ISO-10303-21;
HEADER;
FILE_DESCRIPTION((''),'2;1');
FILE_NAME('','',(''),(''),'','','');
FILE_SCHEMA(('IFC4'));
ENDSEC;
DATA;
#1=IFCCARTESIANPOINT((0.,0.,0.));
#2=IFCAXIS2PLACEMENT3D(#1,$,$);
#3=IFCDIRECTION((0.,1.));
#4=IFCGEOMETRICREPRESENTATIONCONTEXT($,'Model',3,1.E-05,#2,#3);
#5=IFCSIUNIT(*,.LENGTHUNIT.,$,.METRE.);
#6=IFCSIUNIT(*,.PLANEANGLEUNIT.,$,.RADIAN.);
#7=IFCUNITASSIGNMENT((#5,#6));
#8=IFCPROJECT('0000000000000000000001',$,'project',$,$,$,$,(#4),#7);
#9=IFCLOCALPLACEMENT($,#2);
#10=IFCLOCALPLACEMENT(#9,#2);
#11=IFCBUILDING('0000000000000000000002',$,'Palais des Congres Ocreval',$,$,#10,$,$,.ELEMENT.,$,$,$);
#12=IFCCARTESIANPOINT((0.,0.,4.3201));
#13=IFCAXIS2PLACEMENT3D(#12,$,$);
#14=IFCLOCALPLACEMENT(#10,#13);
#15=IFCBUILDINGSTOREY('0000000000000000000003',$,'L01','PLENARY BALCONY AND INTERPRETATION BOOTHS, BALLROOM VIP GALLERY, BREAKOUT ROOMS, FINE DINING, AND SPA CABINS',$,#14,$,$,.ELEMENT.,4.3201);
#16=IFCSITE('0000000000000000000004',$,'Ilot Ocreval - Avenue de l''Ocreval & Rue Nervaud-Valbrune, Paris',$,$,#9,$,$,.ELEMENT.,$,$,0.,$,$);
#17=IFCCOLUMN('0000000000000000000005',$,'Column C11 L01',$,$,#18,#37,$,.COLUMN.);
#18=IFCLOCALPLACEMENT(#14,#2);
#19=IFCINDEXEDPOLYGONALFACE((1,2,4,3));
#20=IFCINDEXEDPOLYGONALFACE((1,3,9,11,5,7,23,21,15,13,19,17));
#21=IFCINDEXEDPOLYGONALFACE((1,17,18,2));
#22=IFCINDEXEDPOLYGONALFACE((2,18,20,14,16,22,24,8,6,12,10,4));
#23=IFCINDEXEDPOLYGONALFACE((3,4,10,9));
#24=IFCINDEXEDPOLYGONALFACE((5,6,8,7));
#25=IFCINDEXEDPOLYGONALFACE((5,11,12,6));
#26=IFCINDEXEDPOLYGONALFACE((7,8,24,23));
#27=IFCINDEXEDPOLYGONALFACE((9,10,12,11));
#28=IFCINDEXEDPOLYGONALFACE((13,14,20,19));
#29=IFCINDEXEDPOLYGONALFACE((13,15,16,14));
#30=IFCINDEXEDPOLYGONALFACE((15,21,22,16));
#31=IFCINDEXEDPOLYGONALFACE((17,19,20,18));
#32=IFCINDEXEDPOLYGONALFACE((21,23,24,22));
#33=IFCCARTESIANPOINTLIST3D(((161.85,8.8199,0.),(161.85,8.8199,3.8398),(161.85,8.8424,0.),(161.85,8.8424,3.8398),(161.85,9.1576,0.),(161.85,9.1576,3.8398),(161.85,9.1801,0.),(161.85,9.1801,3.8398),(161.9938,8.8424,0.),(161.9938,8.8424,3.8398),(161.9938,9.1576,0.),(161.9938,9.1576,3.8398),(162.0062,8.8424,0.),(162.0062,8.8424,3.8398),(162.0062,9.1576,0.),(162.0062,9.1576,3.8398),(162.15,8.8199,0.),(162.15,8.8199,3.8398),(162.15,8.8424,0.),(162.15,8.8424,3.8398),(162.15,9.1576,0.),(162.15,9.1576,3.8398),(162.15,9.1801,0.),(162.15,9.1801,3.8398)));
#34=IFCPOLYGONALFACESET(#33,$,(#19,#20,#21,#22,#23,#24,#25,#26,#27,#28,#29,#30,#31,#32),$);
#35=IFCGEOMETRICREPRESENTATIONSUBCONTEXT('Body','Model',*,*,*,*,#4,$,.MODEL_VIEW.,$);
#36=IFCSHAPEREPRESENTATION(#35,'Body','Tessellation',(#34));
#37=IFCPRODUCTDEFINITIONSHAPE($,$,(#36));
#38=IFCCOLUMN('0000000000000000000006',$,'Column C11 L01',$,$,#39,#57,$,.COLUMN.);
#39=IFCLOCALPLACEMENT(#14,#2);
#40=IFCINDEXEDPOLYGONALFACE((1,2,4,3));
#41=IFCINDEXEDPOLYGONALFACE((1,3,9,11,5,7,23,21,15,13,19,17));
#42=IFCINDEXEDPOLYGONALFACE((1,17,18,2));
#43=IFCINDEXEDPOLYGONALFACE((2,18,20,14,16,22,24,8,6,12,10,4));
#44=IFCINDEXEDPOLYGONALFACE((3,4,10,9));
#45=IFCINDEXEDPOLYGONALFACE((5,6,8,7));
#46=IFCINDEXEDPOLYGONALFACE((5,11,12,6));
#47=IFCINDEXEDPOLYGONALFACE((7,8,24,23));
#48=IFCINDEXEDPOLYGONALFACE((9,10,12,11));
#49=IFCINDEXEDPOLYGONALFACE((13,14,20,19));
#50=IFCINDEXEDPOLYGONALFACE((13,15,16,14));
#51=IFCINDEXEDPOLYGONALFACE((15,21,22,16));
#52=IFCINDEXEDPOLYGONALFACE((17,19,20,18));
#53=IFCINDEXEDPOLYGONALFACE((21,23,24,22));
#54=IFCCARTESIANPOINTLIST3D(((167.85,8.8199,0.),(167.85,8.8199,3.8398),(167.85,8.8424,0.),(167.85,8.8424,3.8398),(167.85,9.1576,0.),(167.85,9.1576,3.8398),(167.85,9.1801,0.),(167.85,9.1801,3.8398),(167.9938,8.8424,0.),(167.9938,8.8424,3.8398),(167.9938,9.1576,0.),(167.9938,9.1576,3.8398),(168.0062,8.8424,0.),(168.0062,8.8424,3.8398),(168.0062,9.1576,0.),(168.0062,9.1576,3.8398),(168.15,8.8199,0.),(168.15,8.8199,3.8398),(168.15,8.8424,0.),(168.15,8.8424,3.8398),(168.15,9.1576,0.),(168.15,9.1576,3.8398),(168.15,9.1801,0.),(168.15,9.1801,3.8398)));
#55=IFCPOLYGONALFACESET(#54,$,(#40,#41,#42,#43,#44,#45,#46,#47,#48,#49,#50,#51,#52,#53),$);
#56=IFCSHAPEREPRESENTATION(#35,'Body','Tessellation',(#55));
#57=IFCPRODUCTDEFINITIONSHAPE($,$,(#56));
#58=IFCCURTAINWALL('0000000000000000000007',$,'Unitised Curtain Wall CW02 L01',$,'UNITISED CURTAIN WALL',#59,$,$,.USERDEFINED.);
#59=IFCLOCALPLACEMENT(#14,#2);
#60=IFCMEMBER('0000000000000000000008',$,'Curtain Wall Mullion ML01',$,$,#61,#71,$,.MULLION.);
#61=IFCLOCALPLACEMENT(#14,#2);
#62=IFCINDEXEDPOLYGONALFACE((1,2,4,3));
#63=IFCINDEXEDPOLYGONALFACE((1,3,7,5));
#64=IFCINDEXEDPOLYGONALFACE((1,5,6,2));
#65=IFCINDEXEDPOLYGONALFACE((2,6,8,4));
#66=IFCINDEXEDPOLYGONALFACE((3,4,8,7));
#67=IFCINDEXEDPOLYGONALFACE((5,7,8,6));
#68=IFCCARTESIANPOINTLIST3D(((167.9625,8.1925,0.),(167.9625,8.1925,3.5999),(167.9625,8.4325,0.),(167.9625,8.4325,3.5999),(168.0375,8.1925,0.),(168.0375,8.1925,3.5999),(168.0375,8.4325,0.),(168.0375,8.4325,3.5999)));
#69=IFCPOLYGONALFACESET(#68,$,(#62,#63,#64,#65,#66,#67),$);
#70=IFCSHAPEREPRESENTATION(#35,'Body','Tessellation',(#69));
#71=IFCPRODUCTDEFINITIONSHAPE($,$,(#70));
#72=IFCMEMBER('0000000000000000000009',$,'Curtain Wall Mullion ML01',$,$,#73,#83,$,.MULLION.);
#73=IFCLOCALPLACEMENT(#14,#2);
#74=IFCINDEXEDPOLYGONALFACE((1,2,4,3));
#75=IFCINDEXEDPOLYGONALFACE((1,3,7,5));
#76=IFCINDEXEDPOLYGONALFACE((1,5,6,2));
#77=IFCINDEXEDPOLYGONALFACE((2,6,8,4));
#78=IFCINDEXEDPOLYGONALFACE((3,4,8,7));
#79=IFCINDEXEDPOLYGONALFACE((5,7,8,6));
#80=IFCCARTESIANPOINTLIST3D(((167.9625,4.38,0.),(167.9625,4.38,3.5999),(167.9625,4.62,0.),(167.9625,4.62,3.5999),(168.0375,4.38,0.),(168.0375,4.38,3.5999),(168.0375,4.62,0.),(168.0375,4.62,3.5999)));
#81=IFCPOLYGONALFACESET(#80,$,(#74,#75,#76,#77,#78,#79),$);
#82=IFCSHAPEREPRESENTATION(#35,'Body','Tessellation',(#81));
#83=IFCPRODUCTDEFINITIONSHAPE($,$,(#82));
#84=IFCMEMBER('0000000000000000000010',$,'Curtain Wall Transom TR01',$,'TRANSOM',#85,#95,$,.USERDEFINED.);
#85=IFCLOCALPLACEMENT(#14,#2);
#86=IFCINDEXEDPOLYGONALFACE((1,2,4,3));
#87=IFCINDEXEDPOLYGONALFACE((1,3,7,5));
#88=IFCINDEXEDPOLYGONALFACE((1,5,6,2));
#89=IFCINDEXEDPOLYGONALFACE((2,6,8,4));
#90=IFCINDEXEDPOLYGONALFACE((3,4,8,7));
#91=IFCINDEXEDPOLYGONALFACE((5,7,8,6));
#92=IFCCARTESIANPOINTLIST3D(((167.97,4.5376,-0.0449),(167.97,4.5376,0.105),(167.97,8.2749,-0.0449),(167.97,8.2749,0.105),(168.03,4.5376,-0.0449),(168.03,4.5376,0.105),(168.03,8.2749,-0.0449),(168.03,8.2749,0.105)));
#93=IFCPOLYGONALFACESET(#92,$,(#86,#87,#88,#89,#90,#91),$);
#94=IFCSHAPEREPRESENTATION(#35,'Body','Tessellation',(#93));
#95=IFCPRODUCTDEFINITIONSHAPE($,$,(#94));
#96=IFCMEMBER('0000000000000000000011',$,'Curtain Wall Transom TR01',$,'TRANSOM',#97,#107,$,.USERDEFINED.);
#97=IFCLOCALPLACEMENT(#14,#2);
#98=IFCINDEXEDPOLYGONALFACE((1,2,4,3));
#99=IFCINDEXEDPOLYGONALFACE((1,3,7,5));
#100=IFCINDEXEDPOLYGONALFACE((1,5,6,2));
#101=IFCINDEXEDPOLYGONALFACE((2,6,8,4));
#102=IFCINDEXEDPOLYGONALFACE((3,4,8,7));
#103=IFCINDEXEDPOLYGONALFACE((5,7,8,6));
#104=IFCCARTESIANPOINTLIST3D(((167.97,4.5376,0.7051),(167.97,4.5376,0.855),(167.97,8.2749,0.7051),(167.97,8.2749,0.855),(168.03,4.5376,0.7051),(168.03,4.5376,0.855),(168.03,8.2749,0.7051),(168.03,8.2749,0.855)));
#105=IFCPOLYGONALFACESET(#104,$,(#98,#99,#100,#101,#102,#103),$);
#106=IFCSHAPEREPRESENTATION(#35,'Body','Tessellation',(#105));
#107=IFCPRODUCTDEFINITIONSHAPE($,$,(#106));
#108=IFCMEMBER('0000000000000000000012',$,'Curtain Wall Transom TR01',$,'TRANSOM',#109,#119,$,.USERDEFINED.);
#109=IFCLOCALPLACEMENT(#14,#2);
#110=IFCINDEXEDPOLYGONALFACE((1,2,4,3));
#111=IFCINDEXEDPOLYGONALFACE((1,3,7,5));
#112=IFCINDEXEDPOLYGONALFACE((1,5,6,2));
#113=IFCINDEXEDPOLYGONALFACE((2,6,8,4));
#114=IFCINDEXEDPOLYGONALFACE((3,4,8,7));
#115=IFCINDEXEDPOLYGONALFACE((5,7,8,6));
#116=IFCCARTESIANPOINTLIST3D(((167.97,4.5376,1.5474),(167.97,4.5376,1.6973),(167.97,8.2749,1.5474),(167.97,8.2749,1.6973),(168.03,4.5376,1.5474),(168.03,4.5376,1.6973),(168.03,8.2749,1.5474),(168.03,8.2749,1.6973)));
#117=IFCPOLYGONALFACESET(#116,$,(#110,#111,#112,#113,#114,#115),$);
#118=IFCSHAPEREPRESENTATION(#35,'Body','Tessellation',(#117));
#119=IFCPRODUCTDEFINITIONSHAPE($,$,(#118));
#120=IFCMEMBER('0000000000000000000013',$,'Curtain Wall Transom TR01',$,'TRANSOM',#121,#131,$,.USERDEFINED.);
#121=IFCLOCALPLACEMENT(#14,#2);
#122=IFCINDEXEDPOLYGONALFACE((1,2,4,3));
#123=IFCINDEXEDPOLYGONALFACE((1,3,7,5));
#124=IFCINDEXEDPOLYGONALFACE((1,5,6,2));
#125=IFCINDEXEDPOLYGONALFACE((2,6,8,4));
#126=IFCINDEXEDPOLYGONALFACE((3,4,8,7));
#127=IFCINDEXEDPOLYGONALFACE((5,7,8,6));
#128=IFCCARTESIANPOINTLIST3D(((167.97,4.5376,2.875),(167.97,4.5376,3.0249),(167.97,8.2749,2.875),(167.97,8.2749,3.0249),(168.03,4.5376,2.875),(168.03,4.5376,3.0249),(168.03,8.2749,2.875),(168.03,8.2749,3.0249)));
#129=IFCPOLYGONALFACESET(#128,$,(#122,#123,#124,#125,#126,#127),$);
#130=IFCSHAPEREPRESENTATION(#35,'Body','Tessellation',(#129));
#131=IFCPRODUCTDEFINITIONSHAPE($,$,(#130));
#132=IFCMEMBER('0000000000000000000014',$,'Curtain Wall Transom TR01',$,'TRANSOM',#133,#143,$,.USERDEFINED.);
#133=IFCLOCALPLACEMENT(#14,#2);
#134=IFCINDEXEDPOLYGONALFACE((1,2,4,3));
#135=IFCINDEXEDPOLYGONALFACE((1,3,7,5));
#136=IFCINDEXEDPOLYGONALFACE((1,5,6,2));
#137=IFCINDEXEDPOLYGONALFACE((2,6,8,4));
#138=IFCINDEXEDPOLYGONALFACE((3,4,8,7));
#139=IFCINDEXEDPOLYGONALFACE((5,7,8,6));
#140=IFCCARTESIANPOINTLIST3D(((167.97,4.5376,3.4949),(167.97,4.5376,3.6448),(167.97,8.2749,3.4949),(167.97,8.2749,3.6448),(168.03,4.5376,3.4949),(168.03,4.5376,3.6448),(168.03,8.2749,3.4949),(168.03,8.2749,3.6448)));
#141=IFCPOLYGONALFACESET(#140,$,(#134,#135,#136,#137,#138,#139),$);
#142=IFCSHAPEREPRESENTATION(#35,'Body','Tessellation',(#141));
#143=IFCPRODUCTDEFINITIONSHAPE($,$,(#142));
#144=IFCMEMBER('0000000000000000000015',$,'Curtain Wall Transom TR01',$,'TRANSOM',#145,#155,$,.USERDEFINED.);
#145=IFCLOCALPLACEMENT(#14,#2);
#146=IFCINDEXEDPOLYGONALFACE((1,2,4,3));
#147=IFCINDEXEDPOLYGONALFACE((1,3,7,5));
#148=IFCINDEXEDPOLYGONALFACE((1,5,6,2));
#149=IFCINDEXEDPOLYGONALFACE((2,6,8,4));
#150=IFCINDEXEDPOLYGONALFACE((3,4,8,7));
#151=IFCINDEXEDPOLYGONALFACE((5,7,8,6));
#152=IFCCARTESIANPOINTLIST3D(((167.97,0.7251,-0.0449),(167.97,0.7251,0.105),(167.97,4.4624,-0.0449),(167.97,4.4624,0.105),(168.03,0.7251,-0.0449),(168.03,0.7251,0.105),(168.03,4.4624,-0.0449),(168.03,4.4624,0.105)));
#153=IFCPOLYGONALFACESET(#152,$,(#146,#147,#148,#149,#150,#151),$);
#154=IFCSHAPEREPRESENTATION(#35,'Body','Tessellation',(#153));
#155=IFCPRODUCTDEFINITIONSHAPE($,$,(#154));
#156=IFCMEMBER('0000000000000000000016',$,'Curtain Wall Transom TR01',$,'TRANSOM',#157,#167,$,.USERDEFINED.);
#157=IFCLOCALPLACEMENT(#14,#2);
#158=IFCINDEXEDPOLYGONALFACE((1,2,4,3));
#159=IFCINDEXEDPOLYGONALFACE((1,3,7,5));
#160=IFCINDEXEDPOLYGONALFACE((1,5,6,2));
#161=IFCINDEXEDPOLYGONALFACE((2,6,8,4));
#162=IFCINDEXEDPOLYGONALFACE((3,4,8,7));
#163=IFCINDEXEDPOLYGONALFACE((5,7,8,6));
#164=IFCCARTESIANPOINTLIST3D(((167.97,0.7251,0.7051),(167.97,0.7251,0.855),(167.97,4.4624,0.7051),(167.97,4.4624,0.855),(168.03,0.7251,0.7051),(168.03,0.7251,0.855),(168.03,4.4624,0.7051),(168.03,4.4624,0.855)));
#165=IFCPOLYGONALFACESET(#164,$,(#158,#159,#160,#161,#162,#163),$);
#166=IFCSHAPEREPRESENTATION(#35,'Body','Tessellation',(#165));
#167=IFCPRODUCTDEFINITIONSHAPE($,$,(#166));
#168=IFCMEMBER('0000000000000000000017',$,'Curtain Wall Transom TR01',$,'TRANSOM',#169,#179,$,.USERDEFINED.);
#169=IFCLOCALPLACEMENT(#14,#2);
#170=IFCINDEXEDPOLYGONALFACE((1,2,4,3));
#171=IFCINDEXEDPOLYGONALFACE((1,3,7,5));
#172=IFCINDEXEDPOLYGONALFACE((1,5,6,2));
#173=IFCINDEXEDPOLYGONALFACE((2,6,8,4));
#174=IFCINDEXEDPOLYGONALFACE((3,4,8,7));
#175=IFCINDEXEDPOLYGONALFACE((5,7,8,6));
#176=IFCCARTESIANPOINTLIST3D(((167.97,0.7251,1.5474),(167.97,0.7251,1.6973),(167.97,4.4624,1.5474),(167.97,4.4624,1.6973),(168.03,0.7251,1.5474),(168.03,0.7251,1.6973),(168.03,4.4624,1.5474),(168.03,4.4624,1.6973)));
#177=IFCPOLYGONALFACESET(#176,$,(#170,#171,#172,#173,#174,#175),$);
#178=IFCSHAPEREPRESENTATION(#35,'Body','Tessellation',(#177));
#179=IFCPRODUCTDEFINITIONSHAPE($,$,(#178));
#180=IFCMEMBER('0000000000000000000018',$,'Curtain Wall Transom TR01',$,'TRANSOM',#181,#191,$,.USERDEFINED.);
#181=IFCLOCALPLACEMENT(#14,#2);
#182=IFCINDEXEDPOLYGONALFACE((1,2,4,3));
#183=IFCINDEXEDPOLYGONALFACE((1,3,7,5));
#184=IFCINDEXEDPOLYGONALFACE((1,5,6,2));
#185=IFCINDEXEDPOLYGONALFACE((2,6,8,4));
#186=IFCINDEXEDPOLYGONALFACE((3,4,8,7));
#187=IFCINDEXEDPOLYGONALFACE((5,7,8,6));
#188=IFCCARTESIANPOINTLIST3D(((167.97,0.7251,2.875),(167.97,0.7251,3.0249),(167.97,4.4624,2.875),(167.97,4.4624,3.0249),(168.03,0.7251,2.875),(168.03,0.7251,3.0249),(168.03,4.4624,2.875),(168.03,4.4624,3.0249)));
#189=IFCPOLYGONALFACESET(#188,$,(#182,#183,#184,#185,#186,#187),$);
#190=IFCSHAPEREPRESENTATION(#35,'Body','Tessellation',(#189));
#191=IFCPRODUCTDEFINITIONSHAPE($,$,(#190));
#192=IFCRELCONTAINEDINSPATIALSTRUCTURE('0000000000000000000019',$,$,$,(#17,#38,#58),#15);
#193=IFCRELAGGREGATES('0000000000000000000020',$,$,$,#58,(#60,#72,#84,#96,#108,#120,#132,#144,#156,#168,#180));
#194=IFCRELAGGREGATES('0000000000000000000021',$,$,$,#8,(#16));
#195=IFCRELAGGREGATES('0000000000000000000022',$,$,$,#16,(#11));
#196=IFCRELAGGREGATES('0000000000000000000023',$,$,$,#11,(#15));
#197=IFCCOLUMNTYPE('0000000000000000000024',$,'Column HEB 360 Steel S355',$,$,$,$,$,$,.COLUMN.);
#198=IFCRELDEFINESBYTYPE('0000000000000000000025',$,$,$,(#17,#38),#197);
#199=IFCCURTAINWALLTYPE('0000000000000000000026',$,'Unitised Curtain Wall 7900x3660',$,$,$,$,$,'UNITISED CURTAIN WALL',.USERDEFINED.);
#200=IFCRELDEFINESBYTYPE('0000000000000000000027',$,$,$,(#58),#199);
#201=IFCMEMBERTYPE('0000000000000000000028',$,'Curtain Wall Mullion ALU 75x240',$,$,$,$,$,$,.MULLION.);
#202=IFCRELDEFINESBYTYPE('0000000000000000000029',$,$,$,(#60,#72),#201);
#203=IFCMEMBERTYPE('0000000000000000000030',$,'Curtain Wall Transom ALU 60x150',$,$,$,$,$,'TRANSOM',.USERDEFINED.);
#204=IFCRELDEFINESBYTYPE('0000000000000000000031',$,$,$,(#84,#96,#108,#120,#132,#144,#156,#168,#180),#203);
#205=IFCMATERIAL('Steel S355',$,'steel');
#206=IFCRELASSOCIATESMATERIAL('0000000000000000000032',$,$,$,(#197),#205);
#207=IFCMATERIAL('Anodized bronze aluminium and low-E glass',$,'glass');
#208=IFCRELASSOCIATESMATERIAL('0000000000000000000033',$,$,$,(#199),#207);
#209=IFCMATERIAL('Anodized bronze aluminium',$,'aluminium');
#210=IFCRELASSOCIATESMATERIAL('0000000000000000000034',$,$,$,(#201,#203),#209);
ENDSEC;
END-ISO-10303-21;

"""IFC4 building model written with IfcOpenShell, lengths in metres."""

from ifc_helpers import new_model, si_unit, direction, frame, origin, origin_2d, place, context, subcontext, project, spatial, rectangle, i_section, extrude, material, material_profile, profile_set, type_object, element, aggregate, save


model = new_model("IFC4")

# Units and contexts
model_context = context("Model", 3, precision=1e-05, world=origin(), true_north=direction((0.0, 1.0)))
body_context = subcontext(model_context, "Body", "Model", "MODEL_VIEW")
ifc_project = project(units=[si_unit("LENGTHUNIT", "METRE"), si_unit("PLANEANGLEUNIT", "RADIAN")], contexts=[model_context])

# Site, building, storey
site_placement = place(None, origin())
site = spatial("IfcSite", under=ifc_project, at=site_placement, Name="Ilot Ocreval - Avenue de l'Ocreval & Rue Nervaud-Valbrune, Paris", CompositionType="ELEMENT", RefElevation=0.0)
building_placement = place(site_placement, origin())
building = spatial("IfcBuilding", under=site, at=building_placement, Name="Palais des Congres Ocreval", CompositionType="ELEMENT")
storey_placement = place(building_placement, frame((0.0, 0.0, 4.3201)))
storey = spatial("IfcBuildingStorey", under=building, at=storey_placement, Name="L01", Description="PLENARY BALCONY AND INTERPRETATION BOOTHS, BALLROOM VIP GALLERY, BREAKOUT ROOMS, FINE DINING, AND SPA CABINS", CompositionType="ELEMENT", Elevation=4.3201)

# Columns
ifc_material_1 = material(Name="Steel S355", Category="steel")
ifc_material_profile_1 = material_profile(ifc_material_1, i_section(OverallWidth=0.3, OverallDepth=0.3601, WebThickness=0.0125, FlangeThickness=0.0225, at=origin_2d()), Name="HEB 360")
ifc_profile_set_1 = profile_set([ifc_material_profile_1], Name="Steel S355")
column_type = type_object("IfcColumnType", Name="Column HEB 360 Steel S355", PredefinedType="COLUMN", material=ifc_profile_set_1)
for number, where, z_axis, x_axis, name in (
    (1, (162.0, 9.0, 0.0), (0.0, 0.0, 1.0), (1.0, 0.0, 0.0), "Column C11 L01"),
    (2, (168.0, 9.0, 0.0), (0.0, 0.0, 1.0), (1.0, 0.0, 0.0), "Column C11 L01"),
):
    element("IfcColumn", number, at=place(storey_placement, frame(where, z_axis=z_axis, x_axis=x_axis)), inside=storey, type_object=column_type, Name=name, PredefinedType="COLUMN", context=body_context, shape_type="SweptSolid", body=[
        extrude(i_section(OverallWidth=0.3, OverallDepth=0.3601, WebThickness=0.0125, FlangeThickness=0.0225, at=origin_2d()), origin(), (0.0, 0.0, 1.0), 3.8398),
    ])

# Curtain wall, members
ifc_material_2 = material(Name="Anodized bronze aluminium and low-E glass", Category="glass")
curtain_wall_type = type_object("IfcCurtainWallType", Name="Unitised Curtain Wall 7900x3660", ElementType="UNITISED CURTAIN WALL", PredefinedType="USERDEFINED", material=ifc_material_2)
curtain_wall_placement = place(storey_placement, origin())
curtain_wall = element("IfcCurtainWall", 3, at=curtain_wall_placement, inside=storey, type_object=curtain_wall_type, Name="Unitised Curtain Wall CW02 L01", ObjectType="UNITISED CURTAIN WALL", PredefinedType="USERDEFINED")
ifc_material_3 = material(Name="Anodized bronze aluminium", Category="aluminium")
ifc_material_profile_2 = material_profile(ifc_material_3, rectangle(XDim=0.075, YDim=0.24, at=origin_2d()), Name="ALU 75x240")
ifc_profile_set_2 = profile_set([ifc_material_profile_2], Name="Anodized bronze aluminium")
member_type_1 = type_object("IfcMemberType", Name="Curtain Wall Mullion ALU 75x240", PredefinedType="MULLION", material=ifc_profile_set_2)
member_1_placement = place(storey_placement, frame((168.0, 8.3125, 0.0), z_axis=(0.0, 0.0, 1.0), x_axis=(1.0, 0.0, 0.0)))
member_1 = element("IfcMember", 4, at=member_1_placement, type_object=member_type_1, Name="Curtain Wall Mullion ML01", PredefinedType="MULLION", context=body_context, shape_type="SweptSolid", body=[
    extrude(rectangle(XDim=0.075, YDim=0.24, at=origin_2d()), origin(), (0.0, 0.0, 1.0), 3.5999),
])
member_2_placement = place(storey_placement, frame((168.0, 4.5, 0.0), z_axis=(0.0, 0.0, 1.0), x_axis=(1.0, 0.0, 0.0)))
member_2 = element("IfcMember", 5, at=member_2_placement, type_object=member_type_1, Name="Curtain Wall Mullion ML01", PredefinedType="MULLION", context=body_context, shape_type="SweptSolid", body=[
    extrude(rectangle(XDim=0.075, YDim=0.24, at=origin_2d()), origin(), (0.0, 0.0, 1.0), 3.5999),
])
ifc_material_profile_3 = material_profile(ifc_material_3, rectangle(XDim=0.0601, YDim=0.1499, at=origin_2d()), Name="ALU 60x150")
ifc_profile_set_3 = profile_set([ifc_material_profile_3], Name="Anodized bronze aluminium")
member_type_2 = type_object("IfcMemberType", Name="Curtain Wall Transom ALU 60x150", ElementType="TRANSOM", PredefinedType="USERDEFINED", material=ifc_profile_set_3)
member_3_placement = place(storey_placement, frame((168.0, 8.2749, 0.03), z_axis=(0.0, -1.0, 0.0), x_axis=(1.0, 0.0, 0.0)))
member_3 = element("IfcMember", 6, at=member_3_placement, type_object=member_type_2, Name="Curtain Wall Transom TR01", ObjectType="TRANSOM", PredefinedType="USERDEFINED", context=body_context, shape_type="SweptSolid", body=[
    extrude(rectangle(XDim=0.0601, YDim=0.1499, at=origin_2d()), origin(), (0.0, 0.0, 1.0), 3.7373),
])
member_4_placement = place(storey_placement, frame((168.0, 8.2749, 0.78), z_axis=(0.0, -1.0, 0.0), x_axis=(1.0, 0.0, 0.0)))
member_4 = element("IfcMember", 7, at=member_4_placement, type_object=member_type_2, Name="Curtain Wall Transom TR01", ObjectType="TRANSOM", PredefinedType="USERDEFINED", context=body_context, shape_type="SweptSolid", body=[
    extrude(rectangle(XDim=0.0601, YDim=0.1499, at=origin_2d()), origin(), (0.0, 0.0, 1.0), 3.7373),
])
member_5_placement = place(storey_placement, frame((168.0, 8.2749, 1.6223), z_axis=(0.0, -1.0, 0.0), x_axis=(1.0, 0.0, 0.0)))
member_5 = element("IfcMember", 8, at=member_5_placement, type_object=member_type_2, Name="Curtain Wall Transom TR01", ObjectType="TRANSOM", PredefinedType="USERDEFINED", context=body_context, shape_type="SweptSolid", body=[
    extrude(rectangle(XDim=0.0601, YDim=0.1499, at=origin_2d()), origin(), (0.0, 0.0, 1.0), 3.7373),
])
member_6_placement = place(storey_placement, frame((168.0, 8.2749, 2.95), z_axis=(0.0, -1.0, 0.0), x_axis=(1.0, 0.0, 0.0)))
member_6 = element("IfcMember", 9, at=member_6_placement, type_object=member_type_2, Name="Curtain Wall Transom TR01", ObjectType="TRANSOM", PredefinedType="USERDEFINED", context=body_context, shape_type="SweptSolid", body=[
    extrude(rectangle(XDim=0.0601, YDim=0.1499, at=origin_2d()), origin(), (0.0, 0.0, 1.0), 3.7373),
])
member_7_placement = place(storey_placement, frame((168.0, 8.2749, 3.5698), z_axis=(0.0, -1.0, 0.0), x_axis=(1.0, 0.0, 0.0)))
member_7 = element("IfcMember", 10, at=member_7_placement, type_object=member_type_2, Name="Curtain Wall Transom TR01", ObjectType="TRANSOM", PredefinedType="USERDEFINED", context=body_context, shape_type="SweptSolid", body=[
    extrude(rectangle(XDim=0.0601, YDim=0.1499, at=origin_2d()), origin(), (0.0, 0.0, 1.0), 3.7373),
])
member_8_placement = place(storey_placement, frame((168.0, 4.4624, 0.03), z_axis=(0.0, -1.0, 0.0), x_axis=(1.0, 0.0, 0.0)))
member_8 = element("IfcMember", 11, at=member_8_placement, type_object=member_type_2, Name="Curtain Wall Transom TR01", ObjectType="TRANSOM", PredefinedType="USERDEFINED", context=body_context, shape_type="SweptSolid", body=[
    extrude(rectangle(XDim=0.0601, YDim=0.1499, at=origin_2d()), origin(), (0.0, 0.0, 1.0), 3.7373),
])
member_9_placement = place(storey_placement, frame((168.0, 4.4624, 0.78), z_axis=(0.0, -1.0, 0.0), x_axis=(1.0, 0.0, 0.0)))
member_9 = element("IfcMember", 12, at=member_9_placement, type_object=member_type_2, Name="Curtain Wall Transom TR01", ObjectType="TRANSOM", PredefinedType="USERDEFINED", context=body_context, shape_type="SweptSolid", body=[
    extrude(rectangle(XDim=0.0601, YDim=0.1499, at=origin_2d()), origin(), (0.0, 0.0, 1.0), 3.7373),
])
member_10_placement = place(storey_placement, frame((168.0, 4.4624, 1.6223), z_axis=(0.0, -1.0, 0.0), x_axis=(1.0, 0.0, 0.0)))
member_10 = element("IfcMember", 13, at=member_10_placement, type_object=member_type_2, Name="Curtain Wall Transom TR01", ObjectType="TRANSOM", PredefinedType="USERDEFINED", context=body_context, shape_type="SweptSolid", body=[
    extrude(rectangle(XDim=0.0601, YDim=0.1499, at=origin_2d()), origin(), (0.0, 0.0, 1.0), 3.7373),
])
member_11_placement = place(storey_placement, frame((168.0, 4.4624, 2.95), z_axis=(0.0, -1.0, 0.0), x_axis=(1.0, 0.0, 0.0)))
member_11 = element("IfcMember", 14, at=member_11_placement, type_object=member_type_2, Name="Curtain Wall Transom TR01", ObjectType="TRANSOM", PredefinedType="USERDEFINED", context=body_context, shape_type="SweptSolid", body=[
    extrude(rectangle(XDim=0.0601, YDim=0.1499, at=origin_2d()), origin(), (0.0, 0.0, 1.0), 3.7373),
])

aggregate(curtain_wall, [member_1, member_2, member_3, member_4, member_5, member_6, member_7, member_8, member_9, member_10, member_11])

save(model, "model.ifc")
